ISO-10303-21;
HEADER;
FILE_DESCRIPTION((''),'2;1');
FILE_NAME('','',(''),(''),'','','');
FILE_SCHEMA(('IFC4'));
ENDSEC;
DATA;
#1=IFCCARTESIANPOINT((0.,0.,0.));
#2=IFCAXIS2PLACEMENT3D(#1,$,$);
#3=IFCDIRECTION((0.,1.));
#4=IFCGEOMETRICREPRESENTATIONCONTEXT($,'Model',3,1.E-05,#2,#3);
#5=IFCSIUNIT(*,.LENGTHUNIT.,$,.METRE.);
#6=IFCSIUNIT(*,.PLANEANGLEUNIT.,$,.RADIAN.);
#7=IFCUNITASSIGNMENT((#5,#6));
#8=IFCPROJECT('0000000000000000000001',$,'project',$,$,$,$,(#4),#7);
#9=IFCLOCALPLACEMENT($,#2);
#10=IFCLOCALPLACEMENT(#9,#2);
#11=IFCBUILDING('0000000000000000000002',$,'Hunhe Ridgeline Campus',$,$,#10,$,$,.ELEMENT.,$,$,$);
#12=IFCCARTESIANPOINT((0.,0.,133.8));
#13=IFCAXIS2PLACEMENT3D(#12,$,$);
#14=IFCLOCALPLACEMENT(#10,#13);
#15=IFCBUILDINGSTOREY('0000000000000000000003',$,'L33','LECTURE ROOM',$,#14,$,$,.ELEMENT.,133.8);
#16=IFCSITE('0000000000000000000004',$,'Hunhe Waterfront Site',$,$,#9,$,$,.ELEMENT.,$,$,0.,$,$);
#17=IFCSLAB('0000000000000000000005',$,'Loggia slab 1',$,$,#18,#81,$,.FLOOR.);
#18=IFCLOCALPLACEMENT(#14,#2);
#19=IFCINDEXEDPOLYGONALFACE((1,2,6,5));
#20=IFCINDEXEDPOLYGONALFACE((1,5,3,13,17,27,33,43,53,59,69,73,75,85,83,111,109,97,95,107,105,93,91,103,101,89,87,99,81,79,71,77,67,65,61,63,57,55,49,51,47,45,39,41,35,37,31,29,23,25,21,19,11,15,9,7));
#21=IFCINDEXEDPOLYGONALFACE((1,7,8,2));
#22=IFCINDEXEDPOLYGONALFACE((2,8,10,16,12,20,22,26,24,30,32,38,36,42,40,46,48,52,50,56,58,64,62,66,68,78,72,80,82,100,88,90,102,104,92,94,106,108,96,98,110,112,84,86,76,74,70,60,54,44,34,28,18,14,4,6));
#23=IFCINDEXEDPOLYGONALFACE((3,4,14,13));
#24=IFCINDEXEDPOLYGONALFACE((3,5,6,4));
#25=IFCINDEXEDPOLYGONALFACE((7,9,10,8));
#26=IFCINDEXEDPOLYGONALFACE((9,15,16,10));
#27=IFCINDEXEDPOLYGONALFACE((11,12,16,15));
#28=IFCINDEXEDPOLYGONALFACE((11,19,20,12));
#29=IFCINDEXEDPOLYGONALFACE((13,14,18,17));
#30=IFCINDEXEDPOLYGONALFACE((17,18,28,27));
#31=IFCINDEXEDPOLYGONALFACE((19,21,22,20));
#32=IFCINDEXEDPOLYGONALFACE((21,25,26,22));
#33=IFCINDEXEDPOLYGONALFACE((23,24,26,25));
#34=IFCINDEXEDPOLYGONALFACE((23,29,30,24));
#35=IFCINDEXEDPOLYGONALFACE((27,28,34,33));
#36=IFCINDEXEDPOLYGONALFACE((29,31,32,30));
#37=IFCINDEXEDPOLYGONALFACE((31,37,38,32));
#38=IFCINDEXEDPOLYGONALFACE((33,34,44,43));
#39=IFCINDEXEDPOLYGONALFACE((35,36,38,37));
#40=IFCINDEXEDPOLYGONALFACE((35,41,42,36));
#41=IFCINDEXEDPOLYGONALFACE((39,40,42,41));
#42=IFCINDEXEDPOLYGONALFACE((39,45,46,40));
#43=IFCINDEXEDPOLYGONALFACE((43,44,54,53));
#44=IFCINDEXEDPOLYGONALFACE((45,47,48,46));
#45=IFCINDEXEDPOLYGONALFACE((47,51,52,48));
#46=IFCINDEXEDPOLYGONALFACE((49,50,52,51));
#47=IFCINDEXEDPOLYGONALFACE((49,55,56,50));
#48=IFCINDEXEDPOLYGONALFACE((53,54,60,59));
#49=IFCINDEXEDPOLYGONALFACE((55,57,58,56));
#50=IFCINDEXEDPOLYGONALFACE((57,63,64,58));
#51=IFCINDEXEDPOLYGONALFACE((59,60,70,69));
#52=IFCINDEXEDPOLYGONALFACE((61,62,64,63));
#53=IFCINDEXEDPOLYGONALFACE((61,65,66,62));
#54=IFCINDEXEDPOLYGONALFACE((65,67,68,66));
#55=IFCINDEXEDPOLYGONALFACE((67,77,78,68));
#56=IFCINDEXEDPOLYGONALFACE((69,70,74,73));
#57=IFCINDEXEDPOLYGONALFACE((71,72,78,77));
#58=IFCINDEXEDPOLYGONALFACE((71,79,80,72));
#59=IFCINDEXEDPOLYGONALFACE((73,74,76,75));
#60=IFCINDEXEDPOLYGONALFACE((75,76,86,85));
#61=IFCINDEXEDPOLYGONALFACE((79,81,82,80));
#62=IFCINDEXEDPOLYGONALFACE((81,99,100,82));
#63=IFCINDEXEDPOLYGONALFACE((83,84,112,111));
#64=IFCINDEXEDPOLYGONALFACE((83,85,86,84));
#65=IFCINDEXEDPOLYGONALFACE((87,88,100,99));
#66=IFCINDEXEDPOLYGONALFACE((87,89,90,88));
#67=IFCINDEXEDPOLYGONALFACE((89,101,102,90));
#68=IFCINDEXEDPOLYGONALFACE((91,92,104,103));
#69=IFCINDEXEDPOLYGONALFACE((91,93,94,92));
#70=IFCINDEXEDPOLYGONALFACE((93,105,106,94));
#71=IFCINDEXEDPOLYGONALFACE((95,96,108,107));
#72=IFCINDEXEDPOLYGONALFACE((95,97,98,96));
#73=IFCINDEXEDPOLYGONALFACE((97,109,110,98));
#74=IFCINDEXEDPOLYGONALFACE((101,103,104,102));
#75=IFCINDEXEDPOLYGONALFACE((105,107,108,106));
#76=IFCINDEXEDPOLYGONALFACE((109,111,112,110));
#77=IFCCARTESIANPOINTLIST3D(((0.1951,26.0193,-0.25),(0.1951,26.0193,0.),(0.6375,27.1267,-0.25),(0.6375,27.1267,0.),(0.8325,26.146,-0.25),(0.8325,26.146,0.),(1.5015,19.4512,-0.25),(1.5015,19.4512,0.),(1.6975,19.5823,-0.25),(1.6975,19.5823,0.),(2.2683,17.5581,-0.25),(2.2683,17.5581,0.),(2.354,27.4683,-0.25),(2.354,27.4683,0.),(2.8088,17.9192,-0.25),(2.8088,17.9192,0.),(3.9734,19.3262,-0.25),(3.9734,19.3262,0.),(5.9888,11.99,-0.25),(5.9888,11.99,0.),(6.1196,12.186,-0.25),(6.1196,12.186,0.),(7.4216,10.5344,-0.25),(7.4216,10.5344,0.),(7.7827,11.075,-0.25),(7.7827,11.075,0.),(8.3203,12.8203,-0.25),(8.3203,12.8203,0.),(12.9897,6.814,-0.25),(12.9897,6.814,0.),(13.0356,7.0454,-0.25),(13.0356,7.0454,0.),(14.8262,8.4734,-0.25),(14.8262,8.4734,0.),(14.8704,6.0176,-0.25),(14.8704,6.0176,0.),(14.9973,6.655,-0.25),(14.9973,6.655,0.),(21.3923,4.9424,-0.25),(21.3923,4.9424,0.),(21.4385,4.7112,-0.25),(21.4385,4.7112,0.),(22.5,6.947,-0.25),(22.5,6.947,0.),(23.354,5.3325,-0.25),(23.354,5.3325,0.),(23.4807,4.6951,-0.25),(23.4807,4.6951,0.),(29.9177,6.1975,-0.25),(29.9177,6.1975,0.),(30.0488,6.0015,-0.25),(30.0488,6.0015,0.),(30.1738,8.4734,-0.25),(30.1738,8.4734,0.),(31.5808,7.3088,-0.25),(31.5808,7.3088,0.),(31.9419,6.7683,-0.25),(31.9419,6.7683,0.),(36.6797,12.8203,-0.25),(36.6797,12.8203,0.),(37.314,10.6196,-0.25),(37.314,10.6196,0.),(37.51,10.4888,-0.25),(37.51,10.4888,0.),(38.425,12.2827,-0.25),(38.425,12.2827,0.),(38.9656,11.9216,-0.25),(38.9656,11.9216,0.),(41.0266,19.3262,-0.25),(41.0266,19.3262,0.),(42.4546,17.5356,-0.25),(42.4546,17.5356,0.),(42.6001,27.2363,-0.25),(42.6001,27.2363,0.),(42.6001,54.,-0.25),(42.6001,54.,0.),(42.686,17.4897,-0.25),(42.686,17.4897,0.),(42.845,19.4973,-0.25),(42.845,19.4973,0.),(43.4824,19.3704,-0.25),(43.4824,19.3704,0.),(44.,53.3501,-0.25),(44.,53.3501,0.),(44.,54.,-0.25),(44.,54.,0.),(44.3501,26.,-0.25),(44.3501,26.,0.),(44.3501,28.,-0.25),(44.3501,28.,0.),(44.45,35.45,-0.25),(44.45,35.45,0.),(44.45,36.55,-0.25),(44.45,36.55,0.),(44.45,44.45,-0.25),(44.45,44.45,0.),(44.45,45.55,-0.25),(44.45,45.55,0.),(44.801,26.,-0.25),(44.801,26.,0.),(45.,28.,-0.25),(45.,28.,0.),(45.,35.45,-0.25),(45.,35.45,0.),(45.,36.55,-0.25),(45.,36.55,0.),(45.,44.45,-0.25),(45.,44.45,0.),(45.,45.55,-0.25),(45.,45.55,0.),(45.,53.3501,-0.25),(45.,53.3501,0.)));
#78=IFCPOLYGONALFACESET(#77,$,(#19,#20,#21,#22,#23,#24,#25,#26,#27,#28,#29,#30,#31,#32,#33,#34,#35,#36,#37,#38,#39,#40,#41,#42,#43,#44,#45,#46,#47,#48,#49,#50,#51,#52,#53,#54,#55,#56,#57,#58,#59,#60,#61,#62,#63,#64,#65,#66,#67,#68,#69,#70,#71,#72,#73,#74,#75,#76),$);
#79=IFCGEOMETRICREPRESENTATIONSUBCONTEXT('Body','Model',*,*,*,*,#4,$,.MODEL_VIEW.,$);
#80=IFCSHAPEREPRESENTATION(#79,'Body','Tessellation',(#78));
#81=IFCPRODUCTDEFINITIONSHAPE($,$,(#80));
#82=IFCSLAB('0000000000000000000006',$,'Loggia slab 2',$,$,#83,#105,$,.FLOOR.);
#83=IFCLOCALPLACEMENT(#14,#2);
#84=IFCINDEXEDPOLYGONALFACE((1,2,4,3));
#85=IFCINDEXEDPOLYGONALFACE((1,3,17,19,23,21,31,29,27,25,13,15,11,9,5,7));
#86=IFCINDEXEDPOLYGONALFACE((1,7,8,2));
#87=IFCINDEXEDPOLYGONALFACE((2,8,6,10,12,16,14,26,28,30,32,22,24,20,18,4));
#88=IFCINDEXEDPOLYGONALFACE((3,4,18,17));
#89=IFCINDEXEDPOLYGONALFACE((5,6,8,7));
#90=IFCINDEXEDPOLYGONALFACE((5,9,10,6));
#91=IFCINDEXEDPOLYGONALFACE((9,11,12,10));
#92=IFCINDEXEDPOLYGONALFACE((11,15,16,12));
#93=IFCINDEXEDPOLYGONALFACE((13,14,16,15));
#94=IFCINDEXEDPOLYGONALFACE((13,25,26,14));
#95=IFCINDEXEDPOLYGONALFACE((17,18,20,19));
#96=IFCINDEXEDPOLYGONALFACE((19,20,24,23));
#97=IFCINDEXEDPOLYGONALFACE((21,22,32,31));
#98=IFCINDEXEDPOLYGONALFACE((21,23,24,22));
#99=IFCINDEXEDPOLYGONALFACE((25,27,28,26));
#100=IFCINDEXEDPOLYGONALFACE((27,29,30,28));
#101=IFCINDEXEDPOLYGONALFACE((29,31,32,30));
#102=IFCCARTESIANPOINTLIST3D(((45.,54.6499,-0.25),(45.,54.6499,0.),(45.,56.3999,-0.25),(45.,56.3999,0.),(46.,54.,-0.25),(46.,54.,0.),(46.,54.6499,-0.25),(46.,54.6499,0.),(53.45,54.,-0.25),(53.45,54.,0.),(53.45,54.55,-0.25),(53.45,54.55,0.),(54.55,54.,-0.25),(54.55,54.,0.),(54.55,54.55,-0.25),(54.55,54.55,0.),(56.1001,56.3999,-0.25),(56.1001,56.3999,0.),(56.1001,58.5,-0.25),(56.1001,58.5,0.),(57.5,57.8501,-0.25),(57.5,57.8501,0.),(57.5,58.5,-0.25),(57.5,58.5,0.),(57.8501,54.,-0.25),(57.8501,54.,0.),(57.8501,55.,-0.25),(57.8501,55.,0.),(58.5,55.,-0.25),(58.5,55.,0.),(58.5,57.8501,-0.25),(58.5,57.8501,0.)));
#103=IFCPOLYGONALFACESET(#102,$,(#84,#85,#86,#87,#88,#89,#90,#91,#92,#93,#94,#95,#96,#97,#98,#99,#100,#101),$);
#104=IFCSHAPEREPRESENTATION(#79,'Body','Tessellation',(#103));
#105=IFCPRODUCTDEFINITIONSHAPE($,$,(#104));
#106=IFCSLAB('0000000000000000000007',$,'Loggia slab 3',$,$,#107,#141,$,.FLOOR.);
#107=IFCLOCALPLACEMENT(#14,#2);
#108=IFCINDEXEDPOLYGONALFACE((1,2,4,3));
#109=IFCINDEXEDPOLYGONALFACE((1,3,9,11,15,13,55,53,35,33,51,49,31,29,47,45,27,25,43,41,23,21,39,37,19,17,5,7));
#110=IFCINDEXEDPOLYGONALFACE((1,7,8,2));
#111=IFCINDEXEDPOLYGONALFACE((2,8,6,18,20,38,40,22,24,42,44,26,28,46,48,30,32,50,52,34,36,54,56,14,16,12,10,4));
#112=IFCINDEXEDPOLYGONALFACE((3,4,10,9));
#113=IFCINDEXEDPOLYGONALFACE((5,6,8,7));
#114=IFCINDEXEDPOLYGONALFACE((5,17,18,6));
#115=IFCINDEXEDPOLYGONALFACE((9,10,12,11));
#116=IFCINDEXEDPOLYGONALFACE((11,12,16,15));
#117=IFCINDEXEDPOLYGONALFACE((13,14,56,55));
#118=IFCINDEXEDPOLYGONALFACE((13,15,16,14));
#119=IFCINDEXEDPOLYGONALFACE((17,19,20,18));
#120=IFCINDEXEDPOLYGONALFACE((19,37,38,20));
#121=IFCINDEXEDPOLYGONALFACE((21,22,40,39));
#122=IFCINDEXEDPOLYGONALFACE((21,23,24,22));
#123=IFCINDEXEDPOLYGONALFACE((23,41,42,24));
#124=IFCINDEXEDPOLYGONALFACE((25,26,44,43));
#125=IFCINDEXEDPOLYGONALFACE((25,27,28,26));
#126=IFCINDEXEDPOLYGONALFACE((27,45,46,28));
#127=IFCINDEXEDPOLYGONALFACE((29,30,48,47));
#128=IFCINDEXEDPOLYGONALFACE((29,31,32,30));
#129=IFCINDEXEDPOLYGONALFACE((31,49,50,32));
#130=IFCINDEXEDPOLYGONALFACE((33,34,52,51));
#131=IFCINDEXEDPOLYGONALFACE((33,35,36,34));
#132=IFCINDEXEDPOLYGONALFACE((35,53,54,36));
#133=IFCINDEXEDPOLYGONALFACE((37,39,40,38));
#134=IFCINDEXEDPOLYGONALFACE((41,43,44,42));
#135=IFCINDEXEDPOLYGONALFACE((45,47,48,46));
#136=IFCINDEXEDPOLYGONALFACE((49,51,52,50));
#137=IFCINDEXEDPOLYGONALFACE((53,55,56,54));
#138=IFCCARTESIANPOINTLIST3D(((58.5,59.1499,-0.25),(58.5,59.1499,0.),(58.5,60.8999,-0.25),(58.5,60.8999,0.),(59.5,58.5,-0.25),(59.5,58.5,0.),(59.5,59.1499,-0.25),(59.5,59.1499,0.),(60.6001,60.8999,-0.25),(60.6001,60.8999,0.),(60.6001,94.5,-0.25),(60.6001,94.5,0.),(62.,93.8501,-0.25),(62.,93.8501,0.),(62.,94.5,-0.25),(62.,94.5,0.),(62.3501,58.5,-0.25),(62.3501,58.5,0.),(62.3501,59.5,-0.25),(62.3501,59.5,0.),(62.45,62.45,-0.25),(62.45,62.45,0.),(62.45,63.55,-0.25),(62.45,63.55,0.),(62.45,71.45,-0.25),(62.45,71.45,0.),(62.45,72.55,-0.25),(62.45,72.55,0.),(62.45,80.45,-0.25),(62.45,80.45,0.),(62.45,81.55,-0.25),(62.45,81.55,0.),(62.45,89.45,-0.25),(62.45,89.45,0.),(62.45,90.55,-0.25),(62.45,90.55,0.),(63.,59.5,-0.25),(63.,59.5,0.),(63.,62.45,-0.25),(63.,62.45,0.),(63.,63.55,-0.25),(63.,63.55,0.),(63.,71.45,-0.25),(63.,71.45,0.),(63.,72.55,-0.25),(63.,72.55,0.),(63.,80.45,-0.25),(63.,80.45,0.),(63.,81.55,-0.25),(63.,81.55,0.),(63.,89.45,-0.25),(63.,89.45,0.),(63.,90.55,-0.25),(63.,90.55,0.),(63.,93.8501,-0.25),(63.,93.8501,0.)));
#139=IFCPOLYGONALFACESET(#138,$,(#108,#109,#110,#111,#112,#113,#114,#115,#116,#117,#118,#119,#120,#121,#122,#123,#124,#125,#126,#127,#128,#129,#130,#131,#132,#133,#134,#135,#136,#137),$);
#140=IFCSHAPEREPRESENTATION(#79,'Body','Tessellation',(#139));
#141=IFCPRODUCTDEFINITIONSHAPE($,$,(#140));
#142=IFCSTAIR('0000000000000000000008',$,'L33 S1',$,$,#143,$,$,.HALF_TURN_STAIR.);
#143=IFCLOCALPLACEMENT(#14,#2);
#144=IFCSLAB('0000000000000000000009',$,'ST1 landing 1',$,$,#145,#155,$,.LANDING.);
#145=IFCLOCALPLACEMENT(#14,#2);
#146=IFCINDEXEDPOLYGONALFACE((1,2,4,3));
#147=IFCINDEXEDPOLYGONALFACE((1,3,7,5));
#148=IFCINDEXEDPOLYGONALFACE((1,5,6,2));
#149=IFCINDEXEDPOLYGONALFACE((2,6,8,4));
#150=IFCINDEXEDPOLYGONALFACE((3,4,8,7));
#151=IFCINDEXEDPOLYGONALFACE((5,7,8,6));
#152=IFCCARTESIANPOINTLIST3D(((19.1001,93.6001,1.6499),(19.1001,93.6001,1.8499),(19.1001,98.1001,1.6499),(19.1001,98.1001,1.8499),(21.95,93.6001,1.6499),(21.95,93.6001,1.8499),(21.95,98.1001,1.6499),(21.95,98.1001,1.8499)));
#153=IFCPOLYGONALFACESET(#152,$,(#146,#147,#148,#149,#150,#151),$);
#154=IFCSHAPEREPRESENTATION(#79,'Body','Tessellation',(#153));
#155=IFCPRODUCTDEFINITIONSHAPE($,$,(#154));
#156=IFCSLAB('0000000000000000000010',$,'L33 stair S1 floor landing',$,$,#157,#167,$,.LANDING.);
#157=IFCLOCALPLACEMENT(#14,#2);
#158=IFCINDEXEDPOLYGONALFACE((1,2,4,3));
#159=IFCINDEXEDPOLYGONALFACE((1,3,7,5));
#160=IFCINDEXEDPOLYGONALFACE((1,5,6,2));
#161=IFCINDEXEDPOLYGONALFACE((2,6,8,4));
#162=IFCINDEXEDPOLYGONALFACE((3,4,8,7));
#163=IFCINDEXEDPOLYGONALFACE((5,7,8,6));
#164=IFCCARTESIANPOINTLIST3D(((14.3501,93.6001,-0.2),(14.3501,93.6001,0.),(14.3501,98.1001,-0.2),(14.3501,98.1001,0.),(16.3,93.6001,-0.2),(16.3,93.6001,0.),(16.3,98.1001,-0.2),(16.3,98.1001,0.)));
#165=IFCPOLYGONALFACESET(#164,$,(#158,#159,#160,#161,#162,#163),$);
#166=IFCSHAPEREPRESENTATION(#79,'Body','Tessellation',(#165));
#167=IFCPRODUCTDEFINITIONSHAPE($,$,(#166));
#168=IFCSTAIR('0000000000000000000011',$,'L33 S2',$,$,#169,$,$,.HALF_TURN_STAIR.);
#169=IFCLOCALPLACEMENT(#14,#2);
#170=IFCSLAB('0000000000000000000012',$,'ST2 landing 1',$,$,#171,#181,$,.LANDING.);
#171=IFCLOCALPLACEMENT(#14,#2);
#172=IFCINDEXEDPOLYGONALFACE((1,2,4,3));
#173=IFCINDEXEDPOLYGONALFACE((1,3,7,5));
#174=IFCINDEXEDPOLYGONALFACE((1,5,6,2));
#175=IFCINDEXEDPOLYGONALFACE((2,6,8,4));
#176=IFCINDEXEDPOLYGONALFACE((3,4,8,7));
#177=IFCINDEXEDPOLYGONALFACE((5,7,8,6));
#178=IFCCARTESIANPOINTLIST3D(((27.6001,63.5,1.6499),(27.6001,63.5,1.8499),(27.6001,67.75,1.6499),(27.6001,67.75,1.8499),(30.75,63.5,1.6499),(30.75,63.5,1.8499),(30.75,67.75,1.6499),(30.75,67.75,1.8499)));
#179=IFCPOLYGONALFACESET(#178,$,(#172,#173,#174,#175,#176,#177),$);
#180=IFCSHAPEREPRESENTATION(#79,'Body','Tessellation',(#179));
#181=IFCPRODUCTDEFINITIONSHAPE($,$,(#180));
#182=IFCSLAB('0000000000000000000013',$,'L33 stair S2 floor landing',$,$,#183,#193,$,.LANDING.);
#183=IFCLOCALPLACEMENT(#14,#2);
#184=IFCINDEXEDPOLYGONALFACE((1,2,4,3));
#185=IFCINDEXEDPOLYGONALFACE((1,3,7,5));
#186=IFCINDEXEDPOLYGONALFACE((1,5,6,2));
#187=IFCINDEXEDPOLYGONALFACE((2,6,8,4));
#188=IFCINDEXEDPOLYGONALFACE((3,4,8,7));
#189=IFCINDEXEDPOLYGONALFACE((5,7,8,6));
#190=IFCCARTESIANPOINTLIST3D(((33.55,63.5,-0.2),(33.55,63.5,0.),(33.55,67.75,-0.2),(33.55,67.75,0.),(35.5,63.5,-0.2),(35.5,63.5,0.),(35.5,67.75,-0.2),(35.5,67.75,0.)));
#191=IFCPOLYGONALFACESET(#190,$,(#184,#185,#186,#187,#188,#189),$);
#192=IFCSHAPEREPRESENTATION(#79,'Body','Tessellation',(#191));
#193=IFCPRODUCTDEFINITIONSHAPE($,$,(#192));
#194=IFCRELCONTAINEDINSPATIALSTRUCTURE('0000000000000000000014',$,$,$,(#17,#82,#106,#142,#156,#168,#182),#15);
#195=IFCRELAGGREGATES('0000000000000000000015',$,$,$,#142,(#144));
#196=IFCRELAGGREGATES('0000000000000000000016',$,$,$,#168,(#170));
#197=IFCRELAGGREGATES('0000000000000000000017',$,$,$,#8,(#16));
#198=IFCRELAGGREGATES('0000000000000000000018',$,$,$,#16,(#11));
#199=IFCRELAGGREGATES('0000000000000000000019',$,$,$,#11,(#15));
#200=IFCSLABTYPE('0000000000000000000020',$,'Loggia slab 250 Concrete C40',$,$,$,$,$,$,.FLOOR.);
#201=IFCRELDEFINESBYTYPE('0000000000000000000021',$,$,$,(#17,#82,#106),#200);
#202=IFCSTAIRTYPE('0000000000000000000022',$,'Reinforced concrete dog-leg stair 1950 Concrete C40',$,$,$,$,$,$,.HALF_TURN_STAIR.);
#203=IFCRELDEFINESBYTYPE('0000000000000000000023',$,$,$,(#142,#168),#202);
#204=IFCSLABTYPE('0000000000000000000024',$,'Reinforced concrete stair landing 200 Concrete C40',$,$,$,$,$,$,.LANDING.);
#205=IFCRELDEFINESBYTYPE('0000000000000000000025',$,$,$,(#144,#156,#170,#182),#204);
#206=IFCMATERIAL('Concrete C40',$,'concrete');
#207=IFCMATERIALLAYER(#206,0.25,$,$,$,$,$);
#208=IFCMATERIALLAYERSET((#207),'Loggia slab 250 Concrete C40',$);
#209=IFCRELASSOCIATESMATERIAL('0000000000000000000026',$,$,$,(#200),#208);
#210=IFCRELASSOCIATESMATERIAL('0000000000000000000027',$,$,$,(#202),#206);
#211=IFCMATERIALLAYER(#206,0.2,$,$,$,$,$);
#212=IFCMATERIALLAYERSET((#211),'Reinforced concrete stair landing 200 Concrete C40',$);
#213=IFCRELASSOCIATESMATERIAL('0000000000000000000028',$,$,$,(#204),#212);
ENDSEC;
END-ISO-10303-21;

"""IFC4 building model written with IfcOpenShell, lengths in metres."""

from ifc_helpers import new_model, si_unit, direction, frame, origin, place, context, subcontext, project, spatial, polyline, outline, extrude, material, layer, layer_set, type_object, element, aggregate, save


model = new_model("IFC4")

# Units and contexts
model_context = context("Model", 3, precision=1e-05, world=origin(), true_north=direction((0.0, 1.0)))
body_context = subcontext(model_context, "Body", "Model", "MODEL_VIEW")
ifc_project = project(units=[si_unit("LENGTHUNIT", "METRE"), si_unit("PLANEANGLEUNIT", "RADIAN")], contexts=[model_context])

# Site, building, storey
site_placement = place(None, origin())
site = spatial("IfcSite", under=ifc_project, at=site_placement, Name="Hunhe Waterfront Site", CompositionType="ELEMENT", RefElevation=0.0)
building_placement = place(site_placement, origin())
building = spatial("IfcBuilding", under=site, at=building_placement, Name="Hunhe Ridgeline Campus", CompositionType="ELEMENT")
storey_placement = place(building_placement, frame((0.0, 0.0, 133.8)))
storey = spatial("IfcBuildingStorey", under=building, at=storey_placement, Name="L33", Description="LECTURE ROOM", CompositionType="ELEMENT", Elevation=133.8)

# Slabs
ifc_material_1 = material(Name="Concrete C40", Category="concrete")
ifc_layer_1 = layer(ifc_material_1, 0.25)
ifc_layer_set_1 = layer_set([ifc_layer_1], Name="Loggia slab 250 Concrete C40")
slab_type_1 = type_object("IfcSlabType", Name="Loggia slab 250 Concrete C40", PredefinedType="FLOOR", material=ifc_layer_set_1)
slab_1_placement = place(storey_placement, frame((0.0, 0.0, -0.25)))
element("IfcSlab", 1, at=slab_1_placement, inside=storey, type_object=slab_type_1, Name="Loggia slab 1", PredefinedType="FLOOR", context=body_context, shape_type="SweptSolid", body=[
    extrude(outline(polyline([(30.1738, 8.4734), (22.5, 6.947), (14.8262, 8.4734), (8.3203, 12.8203), (3.9734, 19.3262), (2.354, 27.4683), (0.6375, 27.1267), (0.8325, 26.146), (0.1951, 26.0193), (1.5015, 19.4512), (1.6975, 19.5823), (2.8088, 17.9192), (2.2683, 17.5581), (5.9888, 11.99), (6.1196, 12.186), (7.7827, 11.075), (7.4216, 10.5344), (12.9897, 6.814), (13.0356, 7.0454), (14.9973, 6.655), (14.8704, 6.0176), (21.4385, 4.7112), (21.3923, 4.9424), (23.354, 5.3325), (23.4807, 4.6951), (30.0488, 6.0015), (29.9177, 6.1975), (31.5808, 7.3088), (31.9419, 6.7683), (37.51, 10.4888), (37.314, 10.6196), (38.425, 12.2827), (38.9656, 11.9216), (42.686, 17.4897), (42.4546, 17.5356), (42.845, 19.4973), (43.4824, 19.3704), (44.801, 26.0), (44.3501, 26.0), (44.3501, 28.0), (45.0, 28.0), (45.0, 35.45), (44.45, 35.45), (44.45, 36.55), (45.0, 36.55), (45.0, 44.45), (44.45, 44.45), (44.45, 45.55), (45.0, 45.55), (45.0, 53.3501), (44.0, 53.3501), (44.0, 54.0), (42.6001, 54.0), (42.6001, 27.2363), (41.0266, 19.3262), (36.6797, 12.8203), (30.1738, 8.4734)])), origin(), (0.0, 0.0, 1.0), 0.25),
])
slab_2_placement = place(storey_placement, frame((0.0, 0.0, -0.25)))
element("IfcSlab", 2, at=slab_2_placement, inside=storey, type_object=slab_type_1, Name="Loggia slab 2", PredefinedType="FLOOR", context=body_context, shape_type="SweptSolid", body=[
    extrude(outline(polyline([(45.0, 54.6499), (46.0, 54.6499), (46.0, 54.0), (53.45, 54.0), (53.45, 54.55), (54.55, 54.55), (54.55, 54.0), (57.8501, 54.0), (57.8501, 55.0), (58.5, 55.0), (58.5, 57.8501), (57.5, 57.8501), (57.5, 58.5), (56.1001, 58.5), (56.1001, 56.3999), (45.0, 56.3999), (45.0, 54.6499)])), origin(), (0.0, 0.0, 1.0), 0.25),
])
slab_3_placement = place(storey_placement, frame((0.0, 0.0, -0.25)))
element("IfcSlab", 3, at=slab_3_placement, inside=storey, type_object=slab_type_1, Name="Loggia slab 3", PredefinedType="FLOOR", context=body_context, shape_type="SweptSolid", body=[
    extrude(outline(polyline([(58.5, 59.1499), (59.5, 59.1499), (59.5, 58.5), (62.3501, 58.5), (62.3501, 59.5), (63.0, 59.5), (63.0, 62.45), (62.45, 62.45), (62.45, 63.55), (63.0, 63.55), (63.0, 71.45), (62.45, 71.45), (62.45, 72.55), (63.0, 72.55), (63.0, 80.45), (62.45, 80.45), (62.45, 81.55), (63.0, 81.55), (63.0, 89.45), (62.45, 89.45), (62.45, 90.55), (63.0, 90.55), (63.0, 93.8501), (62.0, 93.8501), (62.0, 94.5), (60.6001, 94.5), (60.6001, 60.8999), (58.5, 60.8999), (58.5, 59.1499)])), origin(), (0.0, 0.0, 1.0), 0.25),
])

# Stair, slab
stair_type = type_object("IfcStairType", Name="Reinforced concrete dog-leg stair 1950 Concrete C40", PredefinedType="HALF_TURN_STAIR", material=ifc_material_1)
stair_1_placement = place(storey_placement, origin())
stair_1 = element("IfcStair", 4, at=stair_1_placement, inside=storey, type_object=stair_type, Name="L33 S1", PredefinedType="HALF_TURN_STAIR")
ifc_layer_2 = layer(ifc_material_1, 0.2)
ifc_layer_set_2 = layer_set([ifc_layer_2], Name="Reinforced concrete stair landing 200 Concrete C40")
slab_type_2 = type_object("IfcSlabType", Name="Reinforced concrete stair landing 200 Concrete C40", PredefinedType="LANDING", material=ifc_layer_set_2)
slab_4_placement = place(storey_placement, frame((0.0, 0.0, 1.6499)))
slab_4 = element("IfcSlab", 5, at=slab_4_placement, type_object=slab_type_2, Name="ST1 landing 1", PredefinedType="LANDING", context=body_context, shape_type="SweptSolid", body=[
    extrude(outline(polyline([(19.1001, 93.6001), (21.95, 93.6001), (21.95, 98.1001), (19.1001, 98.1001), (19.1001, 93.6001)])), origin(), (0.0, 0.0, 1.0), 0.2),
])
aggregate(stair_1, [slab_4])

# Slab
slab_5_placement = place(storey_placement, frame((0.0, 0.0, -0.2)))
element("IfcSlab", 6, at=slab_5_placement, inside=storey, type_object=slab_type_2, Name="L33 stair S1 floor landing", PredefinedType="LANDING", context=body_context, shape_type="SweptSolid", body=[
    extrude(outline(polyline([(14.3501, 93.6001), (16.3, 93.6001), (16.3, 98.1001), (14.3501, 98.1001), (14.3501, 93.6001)])), origin(), (0.0, 0.0, 1.0), 0.2),
])

# Stair, slab
stair_2_placement = place(storey_placement, origin())
stair_2 = element("IfcStair", 7, at=stair_2_placement, inside=storey, type_object=stair_type, Name="L33 S2", PredefinedType="HALF_TURN_STAIR")
slab_6_placement = place(storey_placement, frame((0.0, 0.0, 1.6499)))
slab_6 = element("IfcSlab", 8, at=slab_6_placement, type_object=slab_type_2, Name="ST2 landing 1", PredefinedType="LANDING", context=body_context, shape_type="SweptSolid", body=[
    extrude(outline(polyline([(30.75, 67.75), (27.6001, 67.75), (27.6001, 63.5), (30.75, 63.5), (30.75, 67.75)])), origin(), (0.0, 0.0, 1.0), 0.2),
])
aggregate(stair_2, [slab_6])

# Slab
slab_7_placement = place(storey_placement, frame((0.0, 0.0, -0.2)))
element("IfcSlab", 9, at=slab_7_placement, inside=storey, type_object=slab_type_2, Name="L33 stair S2 floor landing", PredefinedType="LANDING", context=body_context, shape_type="SweptSolid", body=[
    extrude(outline(polyline([(35.5, 67.75), (33.55, 67.75), (33.55, 63.5), (35.5, 63.5), (35.5, 67.75)])), origin(), (0.0, 0.0, 1.0), 0.2),
])

save(model, "model.ifc")
